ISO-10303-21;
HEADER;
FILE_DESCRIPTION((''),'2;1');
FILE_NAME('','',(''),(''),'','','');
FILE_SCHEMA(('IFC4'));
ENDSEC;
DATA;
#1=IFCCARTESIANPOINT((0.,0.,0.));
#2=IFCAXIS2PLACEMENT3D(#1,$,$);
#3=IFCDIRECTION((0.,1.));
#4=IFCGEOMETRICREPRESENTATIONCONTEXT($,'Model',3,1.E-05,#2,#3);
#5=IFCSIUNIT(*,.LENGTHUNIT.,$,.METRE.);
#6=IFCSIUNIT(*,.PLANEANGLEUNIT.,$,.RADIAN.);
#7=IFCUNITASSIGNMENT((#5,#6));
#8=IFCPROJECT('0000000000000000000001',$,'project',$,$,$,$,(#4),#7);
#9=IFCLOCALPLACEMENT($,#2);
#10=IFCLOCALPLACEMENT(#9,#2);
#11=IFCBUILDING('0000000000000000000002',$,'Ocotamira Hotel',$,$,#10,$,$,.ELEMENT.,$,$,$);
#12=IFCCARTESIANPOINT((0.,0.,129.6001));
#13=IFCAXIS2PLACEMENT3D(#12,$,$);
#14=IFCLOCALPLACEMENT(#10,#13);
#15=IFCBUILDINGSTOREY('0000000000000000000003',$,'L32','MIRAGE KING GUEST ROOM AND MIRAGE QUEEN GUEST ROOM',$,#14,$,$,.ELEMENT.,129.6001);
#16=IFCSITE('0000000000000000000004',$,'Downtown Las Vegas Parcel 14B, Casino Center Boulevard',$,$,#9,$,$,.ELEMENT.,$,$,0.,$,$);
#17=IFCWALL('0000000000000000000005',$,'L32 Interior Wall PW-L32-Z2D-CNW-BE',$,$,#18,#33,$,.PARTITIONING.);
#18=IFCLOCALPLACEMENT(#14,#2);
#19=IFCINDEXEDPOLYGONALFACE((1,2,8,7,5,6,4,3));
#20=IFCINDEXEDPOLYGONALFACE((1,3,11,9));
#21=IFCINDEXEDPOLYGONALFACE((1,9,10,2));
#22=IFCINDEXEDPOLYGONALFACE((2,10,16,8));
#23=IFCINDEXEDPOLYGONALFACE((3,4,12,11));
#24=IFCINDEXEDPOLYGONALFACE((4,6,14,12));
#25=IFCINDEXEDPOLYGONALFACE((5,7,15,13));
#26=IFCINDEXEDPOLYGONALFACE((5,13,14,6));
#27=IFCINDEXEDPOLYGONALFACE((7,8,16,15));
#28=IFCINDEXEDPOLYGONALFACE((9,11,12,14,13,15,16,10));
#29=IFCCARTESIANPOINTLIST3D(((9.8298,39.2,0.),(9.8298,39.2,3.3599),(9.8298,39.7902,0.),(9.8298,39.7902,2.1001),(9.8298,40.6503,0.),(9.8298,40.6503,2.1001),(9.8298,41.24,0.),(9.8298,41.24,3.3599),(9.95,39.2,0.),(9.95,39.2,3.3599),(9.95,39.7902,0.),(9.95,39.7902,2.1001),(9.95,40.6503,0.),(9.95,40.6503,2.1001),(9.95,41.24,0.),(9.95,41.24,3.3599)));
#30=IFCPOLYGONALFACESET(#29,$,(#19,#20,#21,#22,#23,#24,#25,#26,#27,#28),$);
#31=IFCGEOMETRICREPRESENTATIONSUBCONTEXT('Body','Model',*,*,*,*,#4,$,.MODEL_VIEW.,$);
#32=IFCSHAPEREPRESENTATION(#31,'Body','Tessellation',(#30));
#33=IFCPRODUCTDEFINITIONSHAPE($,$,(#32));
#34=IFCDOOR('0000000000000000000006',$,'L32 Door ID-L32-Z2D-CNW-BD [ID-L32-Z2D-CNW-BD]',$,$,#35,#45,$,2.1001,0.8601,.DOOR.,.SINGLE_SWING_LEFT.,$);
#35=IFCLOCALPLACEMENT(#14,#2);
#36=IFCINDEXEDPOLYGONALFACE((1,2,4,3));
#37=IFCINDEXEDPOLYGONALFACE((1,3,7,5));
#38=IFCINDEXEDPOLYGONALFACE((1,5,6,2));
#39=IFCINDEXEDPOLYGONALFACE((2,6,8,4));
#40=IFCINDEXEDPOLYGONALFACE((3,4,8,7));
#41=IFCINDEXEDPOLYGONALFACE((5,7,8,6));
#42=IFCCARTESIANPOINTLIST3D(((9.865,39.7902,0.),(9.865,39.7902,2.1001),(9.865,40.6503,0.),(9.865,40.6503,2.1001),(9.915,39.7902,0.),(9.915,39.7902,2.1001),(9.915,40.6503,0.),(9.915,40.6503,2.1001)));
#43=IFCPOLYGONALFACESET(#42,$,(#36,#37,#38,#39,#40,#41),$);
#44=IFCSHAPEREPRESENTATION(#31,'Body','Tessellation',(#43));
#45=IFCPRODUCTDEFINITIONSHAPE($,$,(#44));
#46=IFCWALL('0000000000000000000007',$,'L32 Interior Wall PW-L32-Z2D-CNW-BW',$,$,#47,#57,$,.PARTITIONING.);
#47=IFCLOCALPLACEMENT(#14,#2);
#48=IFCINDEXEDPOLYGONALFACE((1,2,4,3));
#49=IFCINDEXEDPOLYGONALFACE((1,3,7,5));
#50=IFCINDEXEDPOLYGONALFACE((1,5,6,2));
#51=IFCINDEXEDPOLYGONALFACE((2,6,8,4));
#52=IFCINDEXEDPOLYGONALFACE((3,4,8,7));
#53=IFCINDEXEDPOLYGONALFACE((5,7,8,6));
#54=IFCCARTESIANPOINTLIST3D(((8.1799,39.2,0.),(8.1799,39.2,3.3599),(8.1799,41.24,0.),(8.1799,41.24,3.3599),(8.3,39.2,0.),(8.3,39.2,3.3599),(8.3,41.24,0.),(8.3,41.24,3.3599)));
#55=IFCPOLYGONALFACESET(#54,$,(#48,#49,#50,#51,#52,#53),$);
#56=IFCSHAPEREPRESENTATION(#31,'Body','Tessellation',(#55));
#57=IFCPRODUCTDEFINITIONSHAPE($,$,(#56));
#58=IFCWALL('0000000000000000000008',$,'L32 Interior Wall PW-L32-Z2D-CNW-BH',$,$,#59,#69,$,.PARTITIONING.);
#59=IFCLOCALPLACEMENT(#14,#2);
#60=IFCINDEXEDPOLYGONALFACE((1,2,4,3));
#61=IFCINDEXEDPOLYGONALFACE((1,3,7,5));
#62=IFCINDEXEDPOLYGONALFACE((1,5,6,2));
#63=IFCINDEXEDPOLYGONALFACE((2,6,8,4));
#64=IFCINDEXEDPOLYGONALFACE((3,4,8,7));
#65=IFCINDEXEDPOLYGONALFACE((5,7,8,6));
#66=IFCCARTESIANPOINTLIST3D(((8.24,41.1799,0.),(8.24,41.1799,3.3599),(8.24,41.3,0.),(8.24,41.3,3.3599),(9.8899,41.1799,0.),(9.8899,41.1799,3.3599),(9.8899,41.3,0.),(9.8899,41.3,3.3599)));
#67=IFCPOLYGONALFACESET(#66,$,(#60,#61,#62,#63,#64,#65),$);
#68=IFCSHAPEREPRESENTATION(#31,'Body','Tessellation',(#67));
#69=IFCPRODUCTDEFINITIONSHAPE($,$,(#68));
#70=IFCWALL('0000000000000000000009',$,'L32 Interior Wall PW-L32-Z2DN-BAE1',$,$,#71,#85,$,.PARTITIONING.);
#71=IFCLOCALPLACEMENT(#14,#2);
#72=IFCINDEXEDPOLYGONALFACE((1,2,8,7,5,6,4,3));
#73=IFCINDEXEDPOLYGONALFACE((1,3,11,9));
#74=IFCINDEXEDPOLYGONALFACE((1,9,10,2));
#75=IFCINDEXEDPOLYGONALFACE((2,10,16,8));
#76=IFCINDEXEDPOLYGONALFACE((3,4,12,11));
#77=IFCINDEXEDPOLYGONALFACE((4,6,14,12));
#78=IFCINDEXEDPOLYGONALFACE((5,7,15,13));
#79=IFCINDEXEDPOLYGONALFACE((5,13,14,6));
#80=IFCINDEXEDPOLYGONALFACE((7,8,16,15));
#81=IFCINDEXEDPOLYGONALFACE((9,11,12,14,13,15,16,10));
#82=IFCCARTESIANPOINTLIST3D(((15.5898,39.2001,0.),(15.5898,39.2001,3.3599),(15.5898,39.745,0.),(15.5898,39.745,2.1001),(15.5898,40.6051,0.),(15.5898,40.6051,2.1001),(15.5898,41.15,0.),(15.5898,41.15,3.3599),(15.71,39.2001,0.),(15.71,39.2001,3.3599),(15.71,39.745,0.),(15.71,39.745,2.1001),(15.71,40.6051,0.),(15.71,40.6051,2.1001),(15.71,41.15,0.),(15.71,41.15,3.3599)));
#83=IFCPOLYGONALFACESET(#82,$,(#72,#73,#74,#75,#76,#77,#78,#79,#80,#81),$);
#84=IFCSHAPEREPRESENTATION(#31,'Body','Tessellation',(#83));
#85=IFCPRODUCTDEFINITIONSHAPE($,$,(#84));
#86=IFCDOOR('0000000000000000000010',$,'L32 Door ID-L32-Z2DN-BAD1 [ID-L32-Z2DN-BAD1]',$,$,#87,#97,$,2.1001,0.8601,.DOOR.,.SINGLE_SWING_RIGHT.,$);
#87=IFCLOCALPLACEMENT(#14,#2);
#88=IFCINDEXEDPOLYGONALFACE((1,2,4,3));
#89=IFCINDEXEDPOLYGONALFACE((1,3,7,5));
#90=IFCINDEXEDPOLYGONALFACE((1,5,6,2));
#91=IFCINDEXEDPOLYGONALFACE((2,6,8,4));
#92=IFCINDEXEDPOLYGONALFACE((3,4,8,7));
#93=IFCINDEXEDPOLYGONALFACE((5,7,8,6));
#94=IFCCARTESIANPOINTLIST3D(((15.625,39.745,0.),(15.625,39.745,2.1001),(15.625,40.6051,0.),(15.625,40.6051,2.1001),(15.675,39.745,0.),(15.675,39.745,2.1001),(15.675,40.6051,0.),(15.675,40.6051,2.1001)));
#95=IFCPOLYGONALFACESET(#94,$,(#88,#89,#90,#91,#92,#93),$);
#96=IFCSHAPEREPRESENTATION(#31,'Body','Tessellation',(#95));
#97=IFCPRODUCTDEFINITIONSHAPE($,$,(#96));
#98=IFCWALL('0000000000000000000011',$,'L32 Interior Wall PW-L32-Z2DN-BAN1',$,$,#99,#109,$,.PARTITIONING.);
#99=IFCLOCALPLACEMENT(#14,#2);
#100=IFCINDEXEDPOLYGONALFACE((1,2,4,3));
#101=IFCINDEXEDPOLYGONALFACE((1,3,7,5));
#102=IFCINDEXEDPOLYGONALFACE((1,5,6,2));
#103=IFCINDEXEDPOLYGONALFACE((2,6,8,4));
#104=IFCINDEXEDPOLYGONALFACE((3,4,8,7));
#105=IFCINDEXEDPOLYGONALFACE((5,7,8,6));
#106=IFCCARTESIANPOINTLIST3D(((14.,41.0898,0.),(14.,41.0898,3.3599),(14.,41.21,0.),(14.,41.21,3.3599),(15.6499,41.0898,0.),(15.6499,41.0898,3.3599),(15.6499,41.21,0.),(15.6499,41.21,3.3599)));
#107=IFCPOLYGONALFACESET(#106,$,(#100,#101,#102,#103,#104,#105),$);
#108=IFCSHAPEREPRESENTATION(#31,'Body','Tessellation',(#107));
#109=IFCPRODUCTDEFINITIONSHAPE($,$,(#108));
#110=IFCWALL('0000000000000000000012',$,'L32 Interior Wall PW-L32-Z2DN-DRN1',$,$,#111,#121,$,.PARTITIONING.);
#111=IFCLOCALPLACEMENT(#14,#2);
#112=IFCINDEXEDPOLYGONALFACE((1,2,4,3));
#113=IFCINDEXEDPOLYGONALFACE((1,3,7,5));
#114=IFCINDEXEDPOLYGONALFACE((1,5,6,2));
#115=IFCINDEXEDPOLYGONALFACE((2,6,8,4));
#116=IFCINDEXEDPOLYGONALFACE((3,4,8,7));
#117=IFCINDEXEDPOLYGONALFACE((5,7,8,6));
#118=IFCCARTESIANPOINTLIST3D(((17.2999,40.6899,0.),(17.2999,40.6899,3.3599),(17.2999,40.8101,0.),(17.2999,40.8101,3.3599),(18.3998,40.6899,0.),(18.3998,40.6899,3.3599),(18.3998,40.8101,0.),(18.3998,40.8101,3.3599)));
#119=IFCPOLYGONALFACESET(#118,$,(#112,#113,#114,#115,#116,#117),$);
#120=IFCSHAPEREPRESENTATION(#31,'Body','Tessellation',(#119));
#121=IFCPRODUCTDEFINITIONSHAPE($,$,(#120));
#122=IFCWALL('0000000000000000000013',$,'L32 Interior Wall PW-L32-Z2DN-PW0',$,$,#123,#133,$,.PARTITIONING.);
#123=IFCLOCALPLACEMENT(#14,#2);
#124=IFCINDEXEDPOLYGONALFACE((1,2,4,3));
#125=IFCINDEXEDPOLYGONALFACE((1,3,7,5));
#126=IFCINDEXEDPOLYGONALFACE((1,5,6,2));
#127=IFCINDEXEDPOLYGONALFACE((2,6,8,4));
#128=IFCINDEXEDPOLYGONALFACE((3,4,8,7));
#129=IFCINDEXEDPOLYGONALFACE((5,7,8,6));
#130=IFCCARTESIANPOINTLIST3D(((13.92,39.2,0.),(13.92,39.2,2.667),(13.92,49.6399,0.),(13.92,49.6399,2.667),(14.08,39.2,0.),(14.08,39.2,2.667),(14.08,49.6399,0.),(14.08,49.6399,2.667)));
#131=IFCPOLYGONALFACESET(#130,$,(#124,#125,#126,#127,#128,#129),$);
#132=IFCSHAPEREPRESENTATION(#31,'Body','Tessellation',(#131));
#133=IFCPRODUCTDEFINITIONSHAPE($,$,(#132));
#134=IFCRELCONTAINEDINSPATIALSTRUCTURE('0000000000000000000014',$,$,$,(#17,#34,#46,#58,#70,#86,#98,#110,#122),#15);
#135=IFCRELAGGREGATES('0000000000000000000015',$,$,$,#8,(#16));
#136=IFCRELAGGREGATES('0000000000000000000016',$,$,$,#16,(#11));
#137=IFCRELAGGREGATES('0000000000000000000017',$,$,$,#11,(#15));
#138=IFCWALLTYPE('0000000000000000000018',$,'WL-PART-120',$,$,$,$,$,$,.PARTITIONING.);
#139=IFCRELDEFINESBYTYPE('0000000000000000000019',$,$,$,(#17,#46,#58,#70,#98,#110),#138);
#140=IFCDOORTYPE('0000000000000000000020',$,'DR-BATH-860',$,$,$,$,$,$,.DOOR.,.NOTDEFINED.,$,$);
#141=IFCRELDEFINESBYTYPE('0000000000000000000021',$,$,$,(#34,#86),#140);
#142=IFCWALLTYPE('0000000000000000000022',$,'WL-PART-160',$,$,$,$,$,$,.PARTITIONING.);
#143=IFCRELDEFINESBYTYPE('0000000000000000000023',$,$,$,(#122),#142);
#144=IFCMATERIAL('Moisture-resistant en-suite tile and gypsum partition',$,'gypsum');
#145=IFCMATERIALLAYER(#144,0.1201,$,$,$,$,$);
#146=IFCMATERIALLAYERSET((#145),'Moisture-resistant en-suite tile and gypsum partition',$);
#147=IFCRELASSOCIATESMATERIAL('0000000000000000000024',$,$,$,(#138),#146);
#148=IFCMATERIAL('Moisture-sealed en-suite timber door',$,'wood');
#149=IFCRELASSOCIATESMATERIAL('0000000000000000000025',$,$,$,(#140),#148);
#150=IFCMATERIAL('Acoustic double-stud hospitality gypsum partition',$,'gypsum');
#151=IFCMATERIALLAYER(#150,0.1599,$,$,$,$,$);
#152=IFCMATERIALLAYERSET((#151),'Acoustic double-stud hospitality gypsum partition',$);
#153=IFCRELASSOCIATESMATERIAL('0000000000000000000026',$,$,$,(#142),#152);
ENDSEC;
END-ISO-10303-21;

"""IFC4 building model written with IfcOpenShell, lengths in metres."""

from ifc_helpers import new_model, si_unit, direction, frame, frame_2d, origin, place, context, subcontext, project, spatial, rectangle, extrude, source, transform, mapped, material, layer, layer_set, type_object, element, fill, save


model = new_model("IFC4")

# Units and contexts
model_context = context("Model", 3, precision=1e-05, world=origin(), true_north=direction((0.0, 1.0)))
body_context = subcontext(model_context, "Body", "Model", "MODEL_VIEW")
ifc_project = project(units=[si_unit("LENGTHUNIT", "METRE"), si_unit("PLANEANGLEUNIT", "RADIAN")], contexts=[model_context])

# Site, building, storey
site_placement = place(None, origin())
site = spatial("IfcSite", under=ifc_project, at=site_placement, Name="Downtown Las Vegas Parcel 14B, Casino Center Boulevard", CompositionType="ELEMENT", RefElevation=0.0)
building_placement = place(site_placement, origin())
building = spatial("IfcBuilding", under=site, at=building_placement, Name="Ocotamira Hotel", CompositionType="ELEMENT")
storey_placement = place(building_placement, frame((0.0, 0.0, 129.6001)))
storey = spatial("IfcBuildingStorey", under=building, at=storey_placement, Name="L32", Description="MIRAGE KING GUEST ROOM AND MIRAGE QUEEN GUEST ROOM", CompositionType="ELEMENT", Elevation=129.6001)

# Wall, opening, door
ifc_material_1 = material(Name="Moisture-resistant en-suite tile and gypsum partition", Category="gypsum")
ifc_layer_1 = layer(ifc_material_1, 0.1201)
ifc_layer_set_1 = layer_set([ifc_layer_1], Name="Moisture-resistant en-suite tile and gypsum partition")
wall_type_1 = type_object("IfcWallType", Name="WL-PART-120", PredefinedType="PARTITIONING", material=ifc_layer_set_1)
wall_1_placement = place(storey_placement, frame((9.8899, 39.2, 0.0), z_axis=(0.0, 0.0, 1.0), x_axis=(0.0, 1.0, 0.0)))
wall_1 = element("IfcWall", 1, at=wall_1_placement, inside=storey, type_object=wall_type_1, Name="L32 Interior Wall PW-L32-Z2D-CNW-BE", PredefinedType="PARTITIONING", context=body_context, shape_type="SweptSolid", body=[
    extrude(rectangle(XDim=2.04, YDim=0.1201, at=frame_2d((1.02, 0.0))), origin(), (0.0, 0.0, 1.0), 3.3599),
])
opening_1_placement = place(wall_1_placement, frame((0.5901, 0.0, 0.0)))
opening_1 = element("IfcOpeningElement", 2, at=opening_1_placement, cuts=wall_1, PredefinedType="OPENING", context=body_context, shape_type="SweptSolid", body=[
    extrude(rectangle(XDim=0.8601, YDim=2.1001, at=frame_2d((0.4302, 1.05))), frame((0.0, 0.0701, 0.0), z_axis=(0.0, -1.0, 0.0), x_axis=(1.0, 0.0, 0.0)), (0.0, 0.0, 1.0), 0.1401),
])
ifc_material_2 = material(Name="Moisture-sealed en-suite timber door", Category="wood")
door_type_1 = type_object("IfcDoorType", Name="DR-BATH-860", OperationType="NOTDEFINED", PredefinedType="DOOR", material=ifc_material_2)
shared_shape_1 = source(origin(), body_context, "Body", "SweptSolid", [
    extrude(rectangle(XDim=0.8601, YDim=2.1001, at=frame_2d((0.4302, 1.05))), frame((0.0, 0.0249, 0.0), z_axis=(0.0, -1.0, 0.0), x_axis=(1.0, 0.0, 0.0)), (0.0, 0.0, 1.0), 0.05),
])
door_1_placement = place(opening_1_placement, origin())
door_1 = element("IfcDoor", 3, at=door_1_placement, inside=storey, type_object=door_type_1, Name="L32 Door ID-L32-Z2D-CNW-BD [ID-L32-Z2D-CNW-BD]", OperationType="SINGLE_SWING_LEFT", OverallHeight=2.1001, OverallWidth=0.8601, PredefinedType="DOOR", context=body_context, shape_type="MappedRepresentation", body=[
    mapped(shared_shape_1, transform((0.0, 0.0, 0.0), scale=1.0)),
])
fill(opening_1, door_1)

# Walls
wall_2_placement = place(storey_placement, frame((8.24, 39.2, 0.0), z_axis=(0.0, 0.0, 1.0), x_axis=(0.0, 1.0, 0.0)))
element("IfcWall", 4, at=wall_2_placement, inside=storey, type_object=wall_type_1, Name="L32 Interior Wall PW-L32-Z2D-CNW-BW", PredefinedType="PARTITIONING", context=body_context, shape_type="SweptSolid", body=[
    extrude(rectangle(XDim=2.04, YDim=0.1201, at=frame_2d((1.02, 0.0))), origin(), (0.0, 0.0, 1.0), 3.3599),
])
wall_3_placement = place(storey_placement, frame((8.24, 41.24, 0.0), z_axis=(0.0, 0.0, 1.0), x_axis=(1.0, 0.0, 0.0)))
element("IfcWall", 5, at=wall_3_placement, inside=storey, type_object=wall_type_1, Name="L32 Interior Wall PW-L32-Z2D-CNW-BH", PredefinedType="PARTITIONING", context=body_context, shape_type="SweptSolid", body=[
    extrude(rectangle(XDim=1.6499, YDim=0.1201, at=frame_2d((0.825, 0.0))), origin(), (0.0, 0.0, 1.0), 3.3599),
])

# Wall, opening, door
wall_4_placement = place(storey_placement, frame((15.6499, 39.2, 0.0), z_axis=(0.0, 0.0, 1.0), x_axis=(0.0, 1.0, 0.0)))
wall_4 = element("IfcWall", 6, at=wall_4_placement, inside=storey, type_object=wall_type_1, Name="L32 Interior Wall PW-L32-Z2DN-BAE1", PredefinedType="PARTITIONING", context=body_context, shape_type="SweptSolid", body=[
    extrude(rectangle(XDim=1.95, YDim=0.1201, at=frame_2d((0.9751, 0.0))), origin(), (0.0, 0.0, 1.0), 3.3599),
])
opening_2_placement = place(wall_4_placement, frame((0.5449, 0.0, 0.0)))
opening_2 = element("IfcOpeningElement", 7, at=opening_2_placement, cuts=wall_4, PredefinedType="OPENING", context=body_context, shape_type="SweptSolid", body=[
    extrude(rectangle(XDim=0.8601, YDim=2.1001, at=frame_2d((0.4302, 1.05))), frame((0.0, 0.0701, 0.0), z_axis=(0.0, -1.0, 0.0), x_axis=(1.0, 0.0, 0.0)), (0.0, 0.0, 1.0), 0.1401),
])
door_2_placement = place(opening_2_placement, origin())
door_2 = element("IfcDoor", 8, at=door_2_placement, inside=storey, type_object=door_type_1, Name="L32 Door ID-L32-Z2DN-BAD1 [ID-L32-Z2DN-BAD1]", OperationType="SINGLE_SWING_RIGHT", OverallHeight=2.1001, OverallWidth=0.8601, PredefinedType="DOOR", context=body_context, shape_type="MappedRepresentation", body=[
    mapped(shared_shape_1, transform((0.0, 0.0, 0.0), scale=1.0)),
])
fill(opening_2, door_2)

# Walls
wall_5_placement = place(storey_placement, frame((14.0, 41.1499, 0.0), z_axis=(0.0, 0.0, 1.0), x_axis=(1.0, 0.0, 0.0)))
element("IfcWall", 9, at=wall_5_placement, inside=storey, type_object=wall_type_1, Name="L32 Interior Wall PW-L32-Z2DN-BAN1", PredefinedType="PARTITIONING", context=body_context, shape_type="SweptSolid", body=[
    extrude(rectangle(XDim=1.6499, YDim=0.1201, at=frame_2d((0.825, 0.0))), origin(), (0.0, 0.0, 1.0), 3.3599),
])
wall_6_placement = place(storey_placement, frame((17.3, 40.75, 0.0), z_axis=(0.0, 0.0, 1.0), x_axis=(1.0, 0.0, 0.0)))
element("IfcWall", 10, at=wall_6_placement, inside=storey, type_object=wall_type_1, Name="L32 Interior Wall PW-L32-Z2DN-DRN1", PredefinedType="PARTITIONING", context=body_context, shape_type="SweptSolid", body=[
    extrude(rectangle(XDim=1.0999, YDim=0.1201, at=frame_2d((0.5498, 0.0))), origin(), (0.0, 0.0, 1.0), 3.3599),
])
ifc_material_3 = material(Name="Acoustic double-stud hospitality gypsum partition", Category="gypsum")
ifc_layer_2 = layer(ifc_material_3, 0.1599)
ifc_layer_set_2 = layer_set([ifc_layer_2], Name="Acoustic double-stud hospitality gypsum partition")
wall_type_2 = type_object("IfcWallType", Name="WL-PART-160", PredefinedType="PARTITIONING", material=ifc_layer_set_2)
wall_7_placement = place(storey_placement, frame((14.0, 39.2, 0.0), z_axis=(0.0, 0.0, 1.0), x_axis=(0.0, 1.0, 0.0)))
element("IfcWall", 11, at=wall_7_placement, inside=storey, type_object=wall_type_2, Name="L32 Interior Wall PW-L32-Z2DN-PW0", PredefinedType="PARTITIONING", context=body_context, shape_type="SweptSolid", body=[
    extrude(rectangle(XDim=10.4399, YDim=0.1599, at=frame_2d((5.22, 0.0))), origin(), (0.0, 0.0, 1.0), 2.667),
])

save(model, "model.ifc")
